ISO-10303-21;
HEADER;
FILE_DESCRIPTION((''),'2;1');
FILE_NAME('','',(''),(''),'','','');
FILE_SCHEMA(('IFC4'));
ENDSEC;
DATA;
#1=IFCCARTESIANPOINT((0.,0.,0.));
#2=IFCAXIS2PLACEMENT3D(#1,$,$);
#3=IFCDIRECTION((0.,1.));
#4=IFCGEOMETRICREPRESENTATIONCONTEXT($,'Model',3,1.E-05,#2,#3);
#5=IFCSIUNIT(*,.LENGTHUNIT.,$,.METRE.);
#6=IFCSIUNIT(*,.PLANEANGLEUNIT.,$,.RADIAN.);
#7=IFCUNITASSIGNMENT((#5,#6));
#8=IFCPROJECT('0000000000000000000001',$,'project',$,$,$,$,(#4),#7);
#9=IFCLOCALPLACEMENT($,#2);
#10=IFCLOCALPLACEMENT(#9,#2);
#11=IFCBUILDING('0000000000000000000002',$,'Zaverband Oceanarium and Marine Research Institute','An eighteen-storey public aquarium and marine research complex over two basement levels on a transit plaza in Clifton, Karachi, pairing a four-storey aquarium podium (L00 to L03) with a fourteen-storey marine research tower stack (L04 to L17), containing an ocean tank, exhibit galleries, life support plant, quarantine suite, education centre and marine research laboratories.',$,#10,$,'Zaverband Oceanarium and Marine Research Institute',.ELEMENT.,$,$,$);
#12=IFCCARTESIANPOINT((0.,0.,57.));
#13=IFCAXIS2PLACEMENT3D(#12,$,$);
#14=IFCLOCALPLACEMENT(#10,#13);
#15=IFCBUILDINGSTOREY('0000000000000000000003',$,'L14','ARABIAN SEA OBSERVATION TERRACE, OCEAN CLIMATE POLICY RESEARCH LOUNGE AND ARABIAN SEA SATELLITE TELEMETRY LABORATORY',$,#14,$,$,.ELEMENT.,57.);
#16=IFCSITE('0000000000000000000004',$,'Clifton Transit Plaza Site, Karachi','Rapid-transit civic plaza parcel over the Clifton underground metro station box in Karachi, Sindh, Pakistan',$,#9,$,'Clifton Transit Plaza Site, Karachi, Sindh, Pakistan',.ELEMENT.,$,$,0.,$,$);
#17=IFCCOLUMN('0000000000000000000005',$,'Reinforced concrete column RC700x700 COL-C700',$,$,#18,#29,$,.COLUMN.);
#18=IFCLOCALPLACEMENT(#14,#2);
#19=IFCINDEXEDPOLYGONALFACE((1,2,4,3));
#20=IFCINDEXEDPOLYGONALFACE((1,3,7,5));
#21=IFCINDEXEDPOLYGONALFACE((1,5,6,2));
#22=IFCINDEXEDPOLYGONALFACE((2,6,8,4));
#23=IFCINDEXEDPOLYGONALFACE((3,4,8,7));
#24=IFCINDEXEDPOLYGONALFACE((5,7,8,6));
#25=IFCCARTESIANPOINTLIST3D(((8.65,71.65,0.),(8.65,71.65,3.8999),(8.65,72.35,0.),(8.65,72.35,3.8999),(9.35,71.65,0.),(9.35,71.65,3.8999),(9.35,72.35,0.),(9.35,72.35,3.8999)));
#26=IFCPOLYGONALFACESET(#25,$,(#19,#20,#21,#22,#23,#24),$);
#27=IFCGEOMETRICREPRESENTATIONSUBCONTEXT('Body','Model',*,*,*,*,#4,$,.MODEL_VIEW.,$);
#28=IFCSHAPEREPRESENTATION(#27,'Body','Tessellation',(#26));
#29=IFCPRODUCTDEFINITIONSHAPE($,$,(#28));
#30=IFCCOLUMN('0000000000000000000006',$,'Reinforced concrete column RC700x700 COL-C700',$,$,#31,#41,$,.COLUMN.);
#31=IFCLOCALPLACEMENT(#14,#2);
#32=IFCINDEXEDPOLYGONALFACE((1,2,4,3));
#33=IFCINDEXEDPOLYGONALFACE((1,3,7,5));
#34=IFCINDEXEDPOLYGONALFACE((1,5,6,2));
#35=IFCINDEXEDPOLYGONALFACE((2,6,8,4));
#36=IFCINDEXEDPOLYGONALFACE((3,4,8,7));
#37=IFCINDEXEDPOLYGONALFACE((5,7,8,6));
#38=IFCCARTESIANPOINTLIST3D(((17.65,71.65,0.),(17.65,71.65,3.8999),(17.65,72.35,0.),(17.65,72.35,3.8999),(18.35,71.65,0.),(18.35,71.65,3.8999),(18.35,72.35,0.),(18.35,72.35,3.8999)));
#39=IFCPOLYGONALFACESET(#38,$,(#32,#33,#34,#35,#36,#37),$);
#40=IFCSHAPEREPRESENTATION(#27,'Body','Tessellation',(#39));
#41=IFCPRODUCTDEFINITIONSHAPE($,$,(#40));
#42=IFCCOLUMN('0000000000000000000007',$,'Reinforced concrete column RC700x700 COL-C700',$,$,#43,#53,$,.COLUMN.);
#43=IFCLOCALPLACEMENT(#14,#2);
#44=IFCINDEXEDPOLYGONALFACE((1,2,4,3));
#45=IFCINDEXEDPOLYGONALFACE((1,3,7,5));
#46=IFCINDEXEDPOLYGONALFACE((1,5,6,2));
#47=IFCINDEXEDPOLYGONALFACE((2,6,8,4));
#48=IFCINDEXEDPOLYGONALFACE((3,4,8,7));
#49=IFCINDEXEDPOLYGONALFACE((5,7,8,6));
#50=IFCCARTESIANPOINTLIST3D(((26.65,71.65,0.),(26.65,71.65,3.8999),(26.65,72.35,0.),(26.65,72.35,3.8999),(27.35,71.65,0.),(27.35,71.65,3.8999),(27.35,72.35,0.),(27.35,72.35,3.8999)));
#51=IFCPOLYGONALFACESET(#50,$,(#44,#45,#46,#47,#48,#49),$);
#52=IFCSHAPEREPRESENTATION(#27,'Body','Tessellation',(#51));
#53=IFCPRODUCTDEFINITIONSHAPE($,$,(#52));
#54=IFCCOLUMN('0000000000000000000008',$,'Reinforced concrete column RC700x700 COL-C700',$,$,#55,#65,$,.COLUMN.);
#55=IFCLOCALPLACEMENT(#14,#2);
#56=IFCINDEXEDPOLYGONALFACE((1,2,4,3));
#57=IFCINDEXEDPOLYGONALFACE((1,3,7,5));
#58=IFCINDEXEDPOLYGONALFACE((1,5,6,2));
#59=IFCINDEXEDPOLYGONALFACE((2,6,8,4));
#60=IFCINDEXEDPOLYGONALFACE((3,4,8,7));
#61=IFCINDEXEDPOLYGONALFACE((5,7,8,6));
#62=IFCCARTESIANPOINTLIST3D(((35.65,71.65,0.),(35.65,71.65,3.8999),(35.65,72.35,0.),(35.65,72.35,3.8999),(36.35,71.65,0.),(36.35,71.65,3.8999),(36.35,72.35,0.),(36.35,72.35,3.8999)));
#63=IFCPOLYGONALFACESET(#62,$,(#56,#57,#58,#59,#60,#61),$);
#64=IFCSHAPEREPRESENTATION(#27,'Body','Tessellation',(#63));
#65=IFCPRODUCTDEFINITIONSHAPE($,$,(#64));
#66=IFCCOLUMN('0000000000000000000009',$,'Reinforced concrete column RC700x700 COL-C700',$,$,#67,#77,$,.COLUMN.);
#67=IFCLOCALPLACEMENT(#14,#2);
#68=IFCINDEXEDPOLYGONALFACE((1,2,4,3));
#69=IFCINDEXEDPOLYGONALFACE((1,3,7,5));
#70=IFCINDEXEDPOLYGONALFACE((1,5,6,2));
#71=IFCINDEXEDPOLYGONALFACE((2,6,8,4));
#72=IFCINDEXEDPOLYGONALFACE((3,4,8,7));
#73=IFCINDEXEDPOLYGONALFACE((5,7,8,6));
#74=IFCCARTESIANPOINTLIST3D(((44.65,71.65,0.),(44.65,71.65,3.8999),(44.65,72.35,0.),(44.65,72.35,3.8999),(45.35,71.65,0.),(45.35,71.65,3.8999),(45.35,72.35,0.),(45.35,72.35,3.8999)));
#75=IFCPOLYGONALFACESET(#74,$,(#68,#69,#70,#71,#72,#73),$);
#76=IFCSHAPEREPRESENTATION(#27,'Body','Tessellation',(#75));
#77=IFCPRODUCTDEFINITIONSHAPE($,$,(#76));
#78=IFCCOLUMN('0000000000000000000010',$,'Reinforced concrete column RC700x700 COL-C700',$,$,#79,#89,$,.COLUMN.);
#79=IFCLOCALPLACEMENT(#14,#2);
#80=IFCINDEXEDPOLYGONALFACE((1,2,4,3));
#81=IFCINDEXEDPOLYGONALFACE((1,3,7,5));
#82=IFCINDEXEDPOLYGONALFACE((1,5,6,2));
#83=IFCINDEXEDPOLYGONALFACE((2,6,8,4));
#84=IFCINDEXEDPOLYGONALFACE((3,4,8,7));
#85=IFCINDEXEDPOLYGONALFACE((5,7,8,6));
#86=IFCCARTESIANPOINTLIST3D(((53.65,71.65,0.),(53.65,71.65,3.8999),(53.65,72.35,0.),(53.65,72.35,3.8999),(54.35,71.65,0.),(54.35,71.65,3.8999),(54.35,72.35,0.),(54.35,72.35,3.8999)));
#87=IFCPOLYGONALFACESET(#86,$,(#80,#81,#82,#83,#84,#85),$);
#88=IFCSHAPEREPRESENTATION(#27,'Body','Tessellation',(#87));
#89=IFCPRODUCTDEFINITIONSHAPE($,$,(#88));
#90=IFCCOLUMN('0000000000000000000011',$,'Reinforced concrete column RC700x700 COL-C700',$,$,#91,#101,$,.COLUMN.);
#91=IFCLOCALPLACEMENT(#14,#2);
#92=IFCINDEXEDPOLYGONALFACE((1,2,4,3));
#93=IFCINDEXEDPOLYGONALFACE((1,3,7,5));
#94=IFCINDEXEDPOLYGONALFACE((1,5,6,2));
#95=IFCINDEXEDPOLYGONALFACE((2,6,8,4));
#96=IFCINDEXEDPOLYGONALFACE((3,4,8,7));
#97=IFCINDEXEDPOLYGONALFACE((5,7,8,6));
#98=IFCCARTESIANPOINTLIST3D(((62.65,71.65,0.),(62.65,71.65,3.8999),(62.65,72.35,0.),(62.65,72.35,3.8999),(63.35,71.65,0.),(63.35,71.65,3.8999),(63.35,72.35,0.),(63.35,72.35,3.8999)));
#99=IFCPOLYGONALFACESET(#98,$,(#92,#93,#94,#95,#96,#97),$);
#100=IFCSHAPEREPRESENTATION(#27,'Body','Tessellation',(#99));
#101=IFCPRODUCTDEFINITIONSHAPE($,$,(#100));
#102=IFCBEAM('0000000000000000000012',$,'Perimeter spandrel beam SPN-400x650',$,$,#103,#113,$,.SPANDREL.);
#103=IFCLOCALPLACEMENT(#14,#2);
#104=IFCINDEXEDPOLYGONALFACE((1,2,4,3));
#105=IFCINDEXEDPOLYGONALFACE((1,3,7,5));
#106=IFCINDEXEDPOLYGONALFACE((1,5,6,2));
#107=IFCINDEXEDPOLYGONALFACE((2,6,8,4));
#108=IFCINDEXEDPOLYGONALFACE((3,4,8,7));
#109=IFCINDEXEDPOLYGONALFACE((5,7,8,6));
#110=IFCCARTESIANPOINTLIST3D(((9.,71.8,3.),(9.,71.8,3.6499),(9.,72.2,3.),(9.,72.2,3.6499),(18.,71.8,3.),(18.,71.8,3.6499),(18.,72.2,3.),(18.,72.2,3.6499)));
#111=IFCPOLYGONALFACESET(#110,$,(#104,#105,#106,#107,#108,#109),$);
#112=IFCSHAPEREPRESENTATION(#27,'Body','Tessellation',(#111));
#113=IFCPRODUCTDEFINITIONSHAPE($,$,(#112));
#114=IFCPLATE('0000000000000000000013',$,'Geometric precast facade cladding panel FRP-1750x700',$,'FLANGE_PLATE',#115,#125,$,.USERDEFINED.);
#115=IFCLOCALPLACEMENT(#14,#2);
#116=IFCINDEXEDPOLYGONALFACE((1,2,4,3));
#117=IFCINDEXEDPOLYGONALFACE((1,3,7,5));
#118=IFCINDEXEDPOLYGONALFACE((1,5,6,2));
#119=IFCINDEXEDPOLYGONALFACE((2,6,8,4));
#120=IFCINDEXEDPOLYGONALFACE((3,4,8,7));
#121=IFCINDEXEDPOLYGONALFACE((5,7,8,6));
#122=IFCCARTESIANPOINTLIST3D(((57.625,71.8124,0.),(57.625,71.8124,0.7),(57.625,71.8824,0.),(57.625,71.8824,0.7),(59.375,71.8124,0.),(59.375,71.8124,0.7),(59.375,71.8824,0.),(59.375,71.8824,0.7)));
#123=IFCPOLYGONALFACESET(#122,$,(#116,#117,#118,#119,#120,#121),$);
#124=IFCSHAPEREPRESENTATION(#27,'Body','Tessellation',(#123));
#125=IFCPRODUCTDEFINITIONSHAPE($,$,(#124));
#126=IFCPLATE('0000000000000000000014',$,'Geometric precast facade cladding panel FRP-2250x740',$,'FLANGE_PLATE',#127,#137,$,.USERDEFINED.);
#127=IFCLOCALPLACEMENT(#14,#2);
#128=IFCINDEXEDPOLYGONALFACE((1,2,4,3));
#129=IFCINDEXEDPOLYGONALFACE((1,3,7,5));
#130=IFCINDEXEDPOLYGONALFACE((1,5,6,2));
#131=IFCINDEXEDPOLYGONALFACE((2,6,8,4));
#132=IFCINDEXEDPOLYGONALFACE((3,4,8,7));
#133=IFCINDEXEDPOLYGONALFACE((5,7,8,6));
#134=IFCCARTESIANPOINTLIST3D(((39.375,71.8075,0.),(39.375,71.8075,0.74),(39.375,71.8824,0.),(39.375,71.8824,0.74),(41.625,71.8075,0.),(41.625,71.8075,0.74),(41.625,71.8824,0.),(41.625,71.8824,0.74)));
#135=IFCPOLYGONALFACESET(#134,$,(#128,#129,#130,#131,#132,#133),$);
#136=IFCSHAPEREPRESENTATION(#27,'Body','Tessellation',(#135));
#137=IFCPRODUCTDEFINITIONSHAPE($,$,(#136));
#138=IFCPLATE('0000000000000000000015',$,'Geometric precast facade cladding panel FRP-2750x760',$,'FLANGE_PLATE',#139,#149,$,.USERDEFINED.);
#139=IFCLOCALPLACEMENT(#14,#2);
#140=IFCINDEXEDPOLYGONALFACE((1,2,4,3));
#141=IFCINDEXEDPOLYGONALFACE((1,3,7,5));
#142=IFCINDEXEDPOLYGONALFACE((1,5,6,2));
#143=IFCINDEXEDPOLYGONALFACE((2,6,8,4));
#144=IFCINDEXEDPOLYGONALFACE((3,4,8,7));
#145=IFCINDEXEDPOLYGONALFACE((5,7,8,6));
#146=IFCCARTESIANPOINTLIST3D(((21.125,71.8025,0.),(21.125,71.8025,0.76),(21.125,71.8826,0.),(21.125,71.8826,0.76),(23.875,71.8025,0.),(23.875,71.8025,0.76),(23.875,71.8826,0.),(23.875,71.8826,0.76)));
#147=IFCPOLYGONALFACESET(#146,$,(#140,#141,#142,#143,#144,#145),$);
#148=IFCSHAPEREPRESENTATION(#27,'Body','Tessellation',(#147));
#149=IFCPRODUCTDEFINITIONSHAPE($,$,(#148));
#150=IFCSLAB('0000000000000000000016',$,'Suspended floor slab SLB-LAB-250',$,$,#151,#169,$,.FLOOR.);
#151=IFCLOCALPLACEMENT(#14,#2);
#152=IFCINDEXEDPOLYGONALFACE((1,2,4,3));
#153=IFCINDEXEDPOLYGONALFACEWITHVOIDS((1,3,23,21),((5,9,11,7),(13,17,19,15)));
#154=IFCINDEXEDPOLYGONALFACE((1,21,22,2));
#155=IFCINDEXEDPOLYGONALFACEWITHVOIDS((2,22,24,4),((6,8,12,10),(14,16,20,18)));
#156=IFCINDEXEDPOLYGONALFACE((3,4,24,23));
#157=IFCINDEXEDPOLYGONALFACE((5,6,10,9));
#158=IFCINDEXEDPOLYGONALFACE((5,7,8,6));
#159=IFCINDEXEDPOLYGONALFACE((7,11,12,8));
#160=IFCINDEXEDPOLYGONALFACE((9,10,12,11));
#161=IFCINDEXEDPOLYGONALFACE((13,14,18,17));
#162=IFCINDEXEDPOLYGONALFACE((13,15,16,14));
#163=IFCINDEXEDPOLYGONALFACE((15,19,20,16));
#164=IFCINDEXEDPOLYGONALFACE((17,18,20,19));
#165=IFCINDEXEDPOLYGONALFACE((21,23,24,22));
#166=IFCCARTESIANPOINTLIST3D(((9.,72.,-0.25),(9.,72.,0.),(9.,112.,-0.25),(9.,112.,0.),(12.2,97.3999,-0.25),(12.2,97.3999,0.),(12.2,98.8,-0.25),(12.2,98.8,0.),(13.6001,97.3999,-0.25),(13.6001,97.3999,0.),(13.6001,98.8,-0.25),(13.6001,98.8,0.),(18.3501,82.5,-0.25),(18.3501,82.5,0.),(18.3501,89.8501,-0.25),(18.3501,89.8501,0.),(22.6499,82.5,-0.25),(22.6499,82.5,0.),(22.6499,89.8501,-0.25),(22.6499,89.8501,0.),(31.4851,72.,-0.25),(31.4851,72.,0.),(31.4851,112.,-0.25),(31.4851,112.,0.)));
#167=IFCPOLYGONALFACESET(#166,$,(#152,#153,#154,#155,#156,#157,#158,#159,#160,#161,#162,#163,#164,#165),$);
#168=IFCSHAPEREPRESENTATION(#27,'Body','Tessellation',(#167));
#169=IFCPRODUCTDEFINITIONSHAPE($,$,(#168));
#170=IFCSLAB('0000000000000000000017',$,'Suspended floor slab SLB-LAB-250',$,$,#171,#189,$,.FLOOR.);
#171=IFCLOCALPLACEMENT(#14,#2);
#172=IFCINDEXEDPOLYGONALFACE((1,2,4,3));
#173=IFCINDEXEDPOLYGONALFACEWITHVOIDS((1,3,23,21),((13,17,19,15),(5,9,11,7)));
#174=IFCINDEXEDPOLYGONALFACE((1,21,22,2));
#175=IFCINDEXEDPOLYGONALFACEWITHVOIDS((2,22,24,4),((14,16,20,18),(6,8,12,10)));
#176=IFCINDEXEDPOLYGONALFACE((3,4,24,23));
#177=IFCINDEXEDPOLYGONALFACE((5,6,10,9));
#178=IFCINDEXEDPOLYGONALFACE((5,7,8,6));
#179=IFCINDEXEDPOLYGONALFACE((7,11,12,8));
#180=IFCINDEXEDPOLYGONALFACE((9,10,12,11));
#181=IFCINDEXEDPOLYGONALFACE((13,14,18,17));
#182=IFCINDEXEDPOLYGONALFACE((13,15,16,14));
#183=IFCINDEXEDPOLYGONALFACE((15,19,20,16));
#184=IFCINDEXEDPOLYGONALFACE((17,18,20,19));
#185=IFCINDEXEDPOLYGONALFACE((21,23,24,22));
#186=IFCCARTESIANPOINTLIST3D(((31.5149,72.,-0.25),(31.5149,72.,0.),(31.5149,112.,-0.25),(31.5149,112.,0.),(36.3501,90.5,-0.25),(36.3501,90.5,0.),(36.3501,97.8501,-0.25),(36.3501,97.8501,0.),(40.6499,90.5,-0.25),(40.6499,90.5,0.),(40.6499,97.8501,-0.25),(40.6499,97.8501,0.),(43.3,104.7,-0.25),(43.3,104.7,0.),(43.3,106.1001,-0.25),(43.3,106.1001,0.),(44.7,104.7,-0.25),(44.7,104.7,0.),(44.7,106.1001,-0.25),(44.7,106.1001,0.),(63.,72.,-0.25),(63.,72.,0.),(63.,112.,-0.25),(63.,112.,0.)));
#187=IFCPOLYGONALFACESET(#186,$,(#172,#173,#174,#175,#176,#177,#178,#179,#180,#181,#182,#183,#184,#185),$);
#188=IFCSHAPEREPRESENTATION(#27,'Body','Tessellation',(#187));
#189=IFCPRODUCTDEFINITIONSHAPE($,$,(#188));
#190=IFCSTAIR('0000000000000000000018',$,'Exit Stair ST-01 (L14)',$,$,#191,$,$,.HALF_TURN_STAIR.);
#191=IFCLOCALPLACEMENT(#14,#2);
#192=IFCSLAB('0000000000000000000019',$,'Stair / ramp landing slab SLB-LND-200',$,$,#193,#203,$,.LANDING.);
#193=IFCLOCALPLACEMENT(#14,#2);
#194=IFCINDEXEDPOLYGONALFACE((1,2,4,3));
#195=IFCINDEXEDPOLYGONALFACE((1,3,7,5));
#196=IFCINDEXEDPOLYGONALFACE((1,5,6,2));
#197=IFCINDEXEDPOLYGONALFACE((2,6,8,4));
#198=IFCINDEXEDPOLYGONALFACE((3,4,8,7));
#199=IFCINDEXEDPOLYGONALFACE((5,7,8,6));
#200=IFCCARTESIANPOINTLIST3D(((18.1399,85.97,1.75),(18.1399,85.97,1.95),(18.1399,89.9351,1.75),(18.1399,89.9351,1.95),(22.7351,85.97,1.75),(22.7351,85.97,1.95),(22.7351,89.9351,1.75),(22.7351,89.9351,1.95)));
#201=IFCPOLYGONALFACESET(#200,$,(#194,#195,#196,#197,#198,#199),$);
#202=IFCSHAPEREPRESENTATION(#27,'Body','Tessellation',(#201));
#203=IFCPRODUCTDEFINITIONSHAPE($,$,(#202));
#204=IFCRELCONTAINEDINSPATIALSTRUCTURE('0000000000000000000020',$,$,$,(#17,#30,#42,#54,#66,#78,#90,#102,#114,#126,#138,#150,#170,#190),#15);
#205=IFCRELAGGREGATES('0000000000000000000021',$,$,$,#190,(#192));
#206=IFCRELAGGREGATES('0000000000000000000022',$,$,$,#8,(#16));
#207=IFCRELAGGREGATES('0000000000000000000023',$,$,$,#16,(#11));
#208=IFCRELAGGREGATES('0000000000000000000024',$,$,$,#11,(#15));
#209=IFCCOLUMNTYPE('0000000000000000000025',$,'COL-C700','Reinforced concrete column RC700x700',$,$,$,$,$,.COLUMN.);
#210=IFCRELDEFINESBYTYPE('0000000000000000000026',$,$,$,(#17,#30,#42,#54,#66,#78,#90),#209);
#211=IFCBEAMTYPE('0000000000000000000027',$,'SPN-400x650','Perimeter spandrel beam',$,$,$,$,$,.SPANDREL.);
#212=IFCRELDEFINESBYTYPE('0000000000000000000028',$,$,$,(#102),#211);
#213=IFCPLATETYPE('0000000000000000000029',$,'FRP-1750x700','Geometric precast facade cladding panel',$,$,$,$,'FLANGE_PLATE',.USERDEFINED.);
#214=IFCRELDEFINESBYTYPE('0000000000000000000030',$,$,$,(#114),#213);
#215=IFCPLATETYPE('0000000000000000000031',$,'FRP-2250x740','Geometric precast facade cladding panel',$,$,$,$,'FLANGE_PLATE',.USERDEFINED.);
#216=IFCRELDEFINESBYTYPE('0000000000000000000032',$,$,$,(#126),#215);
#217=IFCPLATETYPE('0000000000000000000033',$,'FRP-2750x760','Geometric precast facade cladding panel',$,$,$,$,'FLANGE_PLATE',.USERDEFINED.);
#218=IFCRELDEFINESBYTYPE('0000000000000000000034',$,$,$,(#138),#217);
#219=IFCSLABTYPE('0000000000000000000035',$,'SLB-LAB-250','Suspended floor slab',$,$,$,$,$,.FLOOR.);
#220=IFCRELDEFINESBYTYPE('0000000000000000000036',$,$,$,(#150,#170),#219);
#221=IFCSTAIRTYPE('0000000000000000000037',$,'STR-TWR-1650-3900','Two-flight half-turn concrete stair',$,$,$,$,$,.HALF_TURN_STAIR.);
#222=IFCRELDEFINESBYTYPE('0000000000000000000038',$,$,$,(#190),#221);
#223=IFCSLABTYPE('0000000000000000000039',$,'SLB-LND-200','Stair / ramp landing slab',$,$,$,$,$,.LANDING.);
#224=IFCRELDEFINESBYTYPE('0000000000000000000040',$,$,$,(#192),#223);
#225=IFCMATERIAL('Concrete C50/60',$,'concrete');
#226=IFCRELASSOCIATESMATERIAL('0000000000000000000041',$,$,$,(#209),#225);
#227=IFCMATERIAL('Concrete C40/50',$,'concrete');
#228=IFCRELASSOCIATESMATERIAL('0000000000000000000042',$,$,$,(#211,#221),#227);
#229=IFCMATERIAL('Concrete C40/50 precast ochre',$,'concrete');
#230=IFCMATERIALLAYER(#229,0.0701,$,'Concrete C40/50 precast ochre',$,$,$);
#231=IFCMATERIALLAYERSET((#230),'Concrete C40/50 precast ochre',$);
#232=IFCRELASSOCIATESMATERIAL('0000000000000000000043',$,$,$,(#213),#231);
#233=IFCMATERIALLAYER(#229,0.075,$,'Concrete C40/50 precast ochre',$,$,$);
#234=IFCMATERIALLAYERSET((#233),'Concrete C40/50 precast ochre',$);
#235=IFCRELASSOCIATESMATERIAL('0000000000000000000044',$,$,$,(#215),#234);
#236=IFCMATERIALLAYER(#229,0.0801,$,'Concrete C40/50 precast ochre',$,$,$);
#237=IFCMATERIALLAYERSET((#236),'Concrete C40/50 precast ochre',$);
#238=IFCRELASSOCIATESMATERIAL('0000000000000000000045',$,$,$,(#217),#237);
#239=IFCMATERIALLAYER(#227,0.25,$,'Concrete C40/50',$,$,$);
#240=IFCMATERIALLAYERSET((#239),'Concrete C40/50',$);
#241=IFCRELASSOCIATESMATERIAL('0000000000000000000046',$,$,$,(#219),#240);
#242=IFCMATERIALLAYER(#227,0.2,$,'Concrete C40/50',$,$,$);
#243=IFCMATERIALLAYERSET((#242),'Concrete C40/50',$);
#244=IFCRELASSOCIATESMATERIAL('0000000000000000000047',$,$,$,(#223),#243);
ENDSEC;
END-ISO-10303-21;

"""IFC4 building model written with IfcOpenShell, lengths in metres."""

from ifc_helpers import new_model, si_unit, direction, frame, frame_2d, origin, origin_2d, place, context, subcontext, project, spatial, polyline, rectangle, outline, extrude, material, layer, layer_set, material_profile, profile_set, type_object, element, aggregate, save


model = new_model("IFC4")

# Units and contexts
model_context = context("Model", 3, precision=1e-05, world=origin(), true_north=direction((0.0, 1.0)))
body_context = subcontext(model_context, "Body", "Model", "MODEL_VIEW")
ifc_project = project(units=[si_unit("LENGTHUNIT", "METRE"), si_unit("PLANEANGLEUNIT", "RADIAN")], contexts=[model_context])

# Site, building, storey
site_placement = place(None, origin())
site = spatial("IfcSite", under=ifc_project, at=site_placement, Name="Clifton Transit Plaza Site, Karachi", Description="Rapid-transit civic plaza parcel over the Clifton underground metro station box in Karachi, Sindh, Pakistan", LongName="Clifton Transit Plaza Site, Karachi, Sindh, Pakistan", CompositionType="ELEMENT", RefElevation=0.0)
building_placement = place(site_placement, origin())
building = spatial("IfcBuilding", under=site, at=building_placement, Name="Zaverband Oceanarium and Marine Research Institute", Description="An eighteen-storey public aquarium and marine research complex over two basement levels on a transit plaza in Clifton, Karachi, pairing a four-storey aquarium podium (L00 to L03) with a fourteen-storey marine research tower stack (L04 to L17), containing an ocean tank, exhibit galleries, life support plant, quarantine suite, education centre and marine research laboratories.", LongName="Zaverband Oceanarium and Marine Research Institute", CompositionType="ELEMENT")
storey_placement = place(building_placement, frame((0.0, 0.0, 57.0)))
storey = spatial("IfcBuildingStorey", under=building, at=storey_placement, Name="L14", Description="ARABIAN SEA OBSERVATION TERRACE, OCEAN CLIMATE POLICY RESEARCH LOUNGE AND ARABIAN SEA SATELLITE TELEMETRY LABORATORY", CompositionType="ELEMENT", Elevation=57.0)

# Columns
ifc_material_1 = material(Name="Concrete C50/60", Category="concrete")
ifc_material_profile_1 = material_profile(ifc_material_1, rectangle(XDim=0.7, YDim=0.7, at=origin_2d()), Name="RC700x700")
ifc_profile_set_1 = profile_set([ifc_material_profile_1], Name="Concrete C50/60")
column_type = type_object("IfcColumnType", Name="COL-C700", Description="Reinforced concrete column RC700x700", PredefinedType="COLUMN", material=ifc_profile_set_1)
for number, where, z_axis, x_axis, name in (
    (1, (9.0, 72.0, 0.0), (0.0, 0.0, 1.0), (1.0, 0.0, 0.0), "Reinforced concrete column RC700x700 COL-C700"),
    (2, (18.0, 72.0, 0.0), (0.0, 0.0, 1.0), (1.0, 0.0, 0.0), "Reinforced concrete column RC700x700 COL-C700"),
    (3, (27.0, 72.0, 0.0), (0.0, 0.0, 1.0), (1.0, 0.0, 0.0), "Reinforced concrete column RC700x700 COL-C700"),
    (4, (36.0, 72.0, 0.0), (0.0, 0.0, 1.0), (1.0, 0.0, 0.0), "Reinforced concrete column RC700x700 COL-C700"),
    (5, (45.0, 72.0, 0.0), (0.0, 0.0, 1.0), (1.0, 0.0, 0.0), "Reinforced concrete column RC700x700 COL-C700"),
    (6, (54.0, 72.0, 0.0), (0.0, 0.0, 1.0), (1.0, 0.0, 0.0), "Reinforced concrete column RC700x700 COL-C700"),
    (7, (63.0, 72.0, 0.0), (0.0, 0.0, 1.0), (1.0, 0.0, 0.0), "Reinforced concrete column RC700x700 COL-C700"),
):
    element("IfcColumn", number, at=place(storey_placement, frame(where, z_axis=z_axis, x_axis=x_axis)), inside=storey, type_object=column_type, Name=name, PredefinedType="COLUMN", context=body_context, shape_type="SweptSolid", body=[
        extrude(rectangle(XDim=0.7, YDim=0.7, at=origin_2d()), origin(), (0.0, 0.0, 1.0), 3.8999),
    ])

# Beam
ifc_material_2 = material(Name="Concrete C40/50", Category="concrete")
ifc_material_profile_2 = material_profile(ifc_material_2, rectangle(XDim=0.3999, YDim=0.6499, at=origin_2d()), Name="RC400x650")
ifc_profile_set_2 = profile_set([ifc_material_profile_2], Name="Concrete C40/50")
beam_type = type_object("IfcBeamType", Name="SPN-400x650", Description="Perimeter spandrel beam", PredefinedType="SPANDREL", material=ifc_profile_set_2)
beam_placement = place(storey_placement, frame((9.0, 72.0, 3.325), z_axis=(1.0, 0.0, 0.0), x_axis=(0.0, 1.0, 0.0)))
element("IfcBeam", 8, at=beam_placement, inside=storey, type_object=beam_type, Name="Perimeter spandrel beam SPN-400x650", PredefinedType="SPANDREL", context=body_context, shape_type="SweptSolid", body=[
    extrude(rectangle(XDim=0.3999, YDim=0.6499, at=origin_2d()), origin(), (0.0, 0.0, 1.0), 9.0),
])

# Plates
ifc_material_3 = material(Name="Concrete C40/50 precast ochre", Category="concrete")
ifc_layer_1 = layer(ifc_material_3, 0.0701, Name="Concrete C40/50 precast ochre")
ifc_layer_set_1 = layer_set([ifc_layer_1], Name="Concrete C40/50 precast ochre")
plate_type_1 = type_object("IfcPlateType", Name="FRP-1750x700", Description="Geometric precast facade cladding panel", ElementType="FLANGE_PLATE", PredefinedType="USERDEFINED", material=ifc_layer_set_1)
plate_1_placement = place(storey_placement, frame((57.625, 71.8474, 0.0), z_axis=(0.0, 0.0, 1.0), x_axis=(1.0, 0.0, 0.0)))
element("IfcPlate", 9, at=plate_1_placement, inside=storey, type_object=plate_type_1, Name="Geometric precast facade cladding panel FRP-1750x700", ObjectType="FLANGE_PLATE", PredefinedType="USERDEFINED", context=body_context, shape_type="SweptSolid", body=[
    extrude(rectangle(XDim=1.75, YDim=0.0701, at=frame_2d((0.875, 0.0))), origin(), (0.0, 0.0, 1.0), 0.7),
])
ifc_layer_2 = layer(ifc_material_3, 0.075, Name="Concrete C40/50 precast ochre")
ifc_layer_set_2 = layer_set([ifc_layer_2], Name="Concrete C40/50 precast ochre")
plate_type_2 = type_object("IfcPlateType", Name="FRP-2250x740", Description="Geometric precast facade cladding panel", ElementType="FLANGE_PLATE", PredefinedType="USERDEFINED", material=ifc_layer_set_2)
plate_2_placement = place(storey_placement, frame((39.375, 71.845, 0.0), z_axis=(0.0, 0.0, 1.0), x_axis=(1.0, 0.0, 0.0)))
element("IfcPlate", 10, at=plate_2_placement, inside=storey, type_object=plate_type_2, Name="Geometric precast facade cladding panel FRP-2250x740", ObjectType="FLANGE_PLATE", PredefinedType="USERDEFINED", context=body_context, shape_type="SweptSolid", body=[
    extrude(rectangle(XDim=2.25, YDim=0.075, at=frame_2d((1.125, 0.0))), origin(), (0.0, 0.0, 1.0), 0.74),
])
ifc_layer_3 = layer(ifc_material_3, 0.0801, Name="Concrete C40/50 precast ochre")
ifc_layer_set_3 = layer_set([ifc_layer_3], Name="Concrete C40/50 precast ochre")
plate_type_3 = type_object("IfcPlateType", Name="FRP-2750x760", Description="Geometric precast facade cladding panel", ElementType="FLANGE_PLATE", PredefinedType="USERDEFINED", material=ifc_layer_set_3)
plate_3_placement = place(storey_placement, frame((21.125, 71.8425, 0.0), z_axis=(0.0, 0.0, 1.0), x_axis=(1.0, 0.0, 0.0)))
element("IfcPlate", 11, at=plate_3_placement, inside=storey, type_object=plate_type_3, Name="Geometric precast facade cladding panel FRP-2750x760", ObjectType="FLANGE_PLATE", PredefinedType="USERDEFINED", context=body_context, shape_type="SweptSolid", body=[
    extrude(rectangle(XDim=2.75, YDim=0.0801, at=frame_2d((1.375, 0.0))), origin(), (0.0, 0.0, 1.0), 0.76),
])

# Slabs
ifc_layer_4 = layer(ifc_material_2, 0.25, Name="Concrete C40/50")
ifc_layer_set_4 = layer_set([ifc_layer_4], Name="Concrete C40/50")
slab_type_1 = type_object("IfcSlabType", Name="SLB-LAB-250", Description="Suspended floor slab", PredefinedType="FLOOR", material=ifc_layer_set_4)
slab_1_placement = place(storey_placement, frame((0.0, 0.0, -0.25)))
element("IfcSlab", 12, at=slab_1_placement, inside=storey, type_object=slab_type_1, Name="Suspended floor slab SLB-LAB-250", PredefinedType="FLOOR", context=body_context, shape_type="SweptSolid", body=[
    extrude(outline(polyline([(9.0, 112.0), (31.4851, 112.0), (31.4851, 72.0), (9.0, 72.0), (9.0, 112.0)]), holes=[polyline([(18.3501, 89.8501), (18.3501, 82.5), (22.6499, 82.5), (22.6499, 89.8501), (18.3501, 89.8501)]), polyline([(12.2, 98.8), (12.2, 97.3999), (13.6001, 97.3999), (13.6001, 98.8), (12.2, 98.8)])]), origin(), (0.0, 0.0, 1.0), 0.25),
])
slab_2_placement = place(storey_placement, frame((0.0, 0.0, -0.25)))
element("IfcSlab", 13, at=slab_2_placement, inside=storey, type_object=slab_type_1, Name="Suspended floor slab SLB-LAB-250", PredefinedType="FLOOR", context=body_context, shape_type="SweptSolid", body=[
    extrude(outline(polyline([(31.5149, 112.0), (63.0, 112.0), (63.0, 72.0), (31.5149, 72.0), (31.5149, 112.0)]), holes=[polyline([(36.3501, 97.8501), (36.3501, 90.5), (40.6499, 90.5), (40.6499, 97.8501), (36.3501, 97.8501)]), polyline([(43.3, 106.1001), (43.3, 104.7), (44.7, 104.7), (44.7, 106.1001), (43.3, 106.1001)])]), origin(), (0.0, 0.0, 1.0), 0.25),
])

# Stair, slab
stair_type = type_object("IfcStairType", Name="STR-TWR-1650-3900", Description="Two-flight half-turn concrete stair", PredefinedType="HALF_TURN_STAIR", material=ifc_material_2)
stair_1_placement = place(storey_placement, origin())
stair_1 = element("IfcStair", 14, at=stair_1_placement, inside=storey, type_object=stair_type, Name="Exit Stair ST-01 (L14)", PredefinedType="HALF_TURN_STAIR")
ifc_layer_5 = layer(ifc_material_2, 0.2, Name="Concrete C40/50")
ifc_layer_set_5 = layer_set([ifc_layer_5], Name="Concrete C40/50")
slab_type_2 = type_object("IfcSlabType", Name="SLB-LND-200", Description="Stair / ramp landing slab", PredefinedType="LANDING", material=ifc_layer_set_5)
slab_3_placement = place(storey_placement, frame((0.0, 0.0, 1.75)))
slab_3 = element("IfcSlab", 15, at=slab_3_placement, type_object=slab_type_2, Name="Stair / ramp landing slab SLB-LND-200", PredefinedType="LANDING", context=body_context, shape_type="SweptSolid", body=[
    extrude(outline(polyline([(18.1399, 85.97), (22.7351, 85.97), (22.7351, 89.9351), (18.1399, 89.9351), (18.1399, 85.97)])), origin(), (0.0, 0.0, 1.0), 0.2),
])
aggregate(stair_1, [slab_3])

save(model, "model.ifc")
